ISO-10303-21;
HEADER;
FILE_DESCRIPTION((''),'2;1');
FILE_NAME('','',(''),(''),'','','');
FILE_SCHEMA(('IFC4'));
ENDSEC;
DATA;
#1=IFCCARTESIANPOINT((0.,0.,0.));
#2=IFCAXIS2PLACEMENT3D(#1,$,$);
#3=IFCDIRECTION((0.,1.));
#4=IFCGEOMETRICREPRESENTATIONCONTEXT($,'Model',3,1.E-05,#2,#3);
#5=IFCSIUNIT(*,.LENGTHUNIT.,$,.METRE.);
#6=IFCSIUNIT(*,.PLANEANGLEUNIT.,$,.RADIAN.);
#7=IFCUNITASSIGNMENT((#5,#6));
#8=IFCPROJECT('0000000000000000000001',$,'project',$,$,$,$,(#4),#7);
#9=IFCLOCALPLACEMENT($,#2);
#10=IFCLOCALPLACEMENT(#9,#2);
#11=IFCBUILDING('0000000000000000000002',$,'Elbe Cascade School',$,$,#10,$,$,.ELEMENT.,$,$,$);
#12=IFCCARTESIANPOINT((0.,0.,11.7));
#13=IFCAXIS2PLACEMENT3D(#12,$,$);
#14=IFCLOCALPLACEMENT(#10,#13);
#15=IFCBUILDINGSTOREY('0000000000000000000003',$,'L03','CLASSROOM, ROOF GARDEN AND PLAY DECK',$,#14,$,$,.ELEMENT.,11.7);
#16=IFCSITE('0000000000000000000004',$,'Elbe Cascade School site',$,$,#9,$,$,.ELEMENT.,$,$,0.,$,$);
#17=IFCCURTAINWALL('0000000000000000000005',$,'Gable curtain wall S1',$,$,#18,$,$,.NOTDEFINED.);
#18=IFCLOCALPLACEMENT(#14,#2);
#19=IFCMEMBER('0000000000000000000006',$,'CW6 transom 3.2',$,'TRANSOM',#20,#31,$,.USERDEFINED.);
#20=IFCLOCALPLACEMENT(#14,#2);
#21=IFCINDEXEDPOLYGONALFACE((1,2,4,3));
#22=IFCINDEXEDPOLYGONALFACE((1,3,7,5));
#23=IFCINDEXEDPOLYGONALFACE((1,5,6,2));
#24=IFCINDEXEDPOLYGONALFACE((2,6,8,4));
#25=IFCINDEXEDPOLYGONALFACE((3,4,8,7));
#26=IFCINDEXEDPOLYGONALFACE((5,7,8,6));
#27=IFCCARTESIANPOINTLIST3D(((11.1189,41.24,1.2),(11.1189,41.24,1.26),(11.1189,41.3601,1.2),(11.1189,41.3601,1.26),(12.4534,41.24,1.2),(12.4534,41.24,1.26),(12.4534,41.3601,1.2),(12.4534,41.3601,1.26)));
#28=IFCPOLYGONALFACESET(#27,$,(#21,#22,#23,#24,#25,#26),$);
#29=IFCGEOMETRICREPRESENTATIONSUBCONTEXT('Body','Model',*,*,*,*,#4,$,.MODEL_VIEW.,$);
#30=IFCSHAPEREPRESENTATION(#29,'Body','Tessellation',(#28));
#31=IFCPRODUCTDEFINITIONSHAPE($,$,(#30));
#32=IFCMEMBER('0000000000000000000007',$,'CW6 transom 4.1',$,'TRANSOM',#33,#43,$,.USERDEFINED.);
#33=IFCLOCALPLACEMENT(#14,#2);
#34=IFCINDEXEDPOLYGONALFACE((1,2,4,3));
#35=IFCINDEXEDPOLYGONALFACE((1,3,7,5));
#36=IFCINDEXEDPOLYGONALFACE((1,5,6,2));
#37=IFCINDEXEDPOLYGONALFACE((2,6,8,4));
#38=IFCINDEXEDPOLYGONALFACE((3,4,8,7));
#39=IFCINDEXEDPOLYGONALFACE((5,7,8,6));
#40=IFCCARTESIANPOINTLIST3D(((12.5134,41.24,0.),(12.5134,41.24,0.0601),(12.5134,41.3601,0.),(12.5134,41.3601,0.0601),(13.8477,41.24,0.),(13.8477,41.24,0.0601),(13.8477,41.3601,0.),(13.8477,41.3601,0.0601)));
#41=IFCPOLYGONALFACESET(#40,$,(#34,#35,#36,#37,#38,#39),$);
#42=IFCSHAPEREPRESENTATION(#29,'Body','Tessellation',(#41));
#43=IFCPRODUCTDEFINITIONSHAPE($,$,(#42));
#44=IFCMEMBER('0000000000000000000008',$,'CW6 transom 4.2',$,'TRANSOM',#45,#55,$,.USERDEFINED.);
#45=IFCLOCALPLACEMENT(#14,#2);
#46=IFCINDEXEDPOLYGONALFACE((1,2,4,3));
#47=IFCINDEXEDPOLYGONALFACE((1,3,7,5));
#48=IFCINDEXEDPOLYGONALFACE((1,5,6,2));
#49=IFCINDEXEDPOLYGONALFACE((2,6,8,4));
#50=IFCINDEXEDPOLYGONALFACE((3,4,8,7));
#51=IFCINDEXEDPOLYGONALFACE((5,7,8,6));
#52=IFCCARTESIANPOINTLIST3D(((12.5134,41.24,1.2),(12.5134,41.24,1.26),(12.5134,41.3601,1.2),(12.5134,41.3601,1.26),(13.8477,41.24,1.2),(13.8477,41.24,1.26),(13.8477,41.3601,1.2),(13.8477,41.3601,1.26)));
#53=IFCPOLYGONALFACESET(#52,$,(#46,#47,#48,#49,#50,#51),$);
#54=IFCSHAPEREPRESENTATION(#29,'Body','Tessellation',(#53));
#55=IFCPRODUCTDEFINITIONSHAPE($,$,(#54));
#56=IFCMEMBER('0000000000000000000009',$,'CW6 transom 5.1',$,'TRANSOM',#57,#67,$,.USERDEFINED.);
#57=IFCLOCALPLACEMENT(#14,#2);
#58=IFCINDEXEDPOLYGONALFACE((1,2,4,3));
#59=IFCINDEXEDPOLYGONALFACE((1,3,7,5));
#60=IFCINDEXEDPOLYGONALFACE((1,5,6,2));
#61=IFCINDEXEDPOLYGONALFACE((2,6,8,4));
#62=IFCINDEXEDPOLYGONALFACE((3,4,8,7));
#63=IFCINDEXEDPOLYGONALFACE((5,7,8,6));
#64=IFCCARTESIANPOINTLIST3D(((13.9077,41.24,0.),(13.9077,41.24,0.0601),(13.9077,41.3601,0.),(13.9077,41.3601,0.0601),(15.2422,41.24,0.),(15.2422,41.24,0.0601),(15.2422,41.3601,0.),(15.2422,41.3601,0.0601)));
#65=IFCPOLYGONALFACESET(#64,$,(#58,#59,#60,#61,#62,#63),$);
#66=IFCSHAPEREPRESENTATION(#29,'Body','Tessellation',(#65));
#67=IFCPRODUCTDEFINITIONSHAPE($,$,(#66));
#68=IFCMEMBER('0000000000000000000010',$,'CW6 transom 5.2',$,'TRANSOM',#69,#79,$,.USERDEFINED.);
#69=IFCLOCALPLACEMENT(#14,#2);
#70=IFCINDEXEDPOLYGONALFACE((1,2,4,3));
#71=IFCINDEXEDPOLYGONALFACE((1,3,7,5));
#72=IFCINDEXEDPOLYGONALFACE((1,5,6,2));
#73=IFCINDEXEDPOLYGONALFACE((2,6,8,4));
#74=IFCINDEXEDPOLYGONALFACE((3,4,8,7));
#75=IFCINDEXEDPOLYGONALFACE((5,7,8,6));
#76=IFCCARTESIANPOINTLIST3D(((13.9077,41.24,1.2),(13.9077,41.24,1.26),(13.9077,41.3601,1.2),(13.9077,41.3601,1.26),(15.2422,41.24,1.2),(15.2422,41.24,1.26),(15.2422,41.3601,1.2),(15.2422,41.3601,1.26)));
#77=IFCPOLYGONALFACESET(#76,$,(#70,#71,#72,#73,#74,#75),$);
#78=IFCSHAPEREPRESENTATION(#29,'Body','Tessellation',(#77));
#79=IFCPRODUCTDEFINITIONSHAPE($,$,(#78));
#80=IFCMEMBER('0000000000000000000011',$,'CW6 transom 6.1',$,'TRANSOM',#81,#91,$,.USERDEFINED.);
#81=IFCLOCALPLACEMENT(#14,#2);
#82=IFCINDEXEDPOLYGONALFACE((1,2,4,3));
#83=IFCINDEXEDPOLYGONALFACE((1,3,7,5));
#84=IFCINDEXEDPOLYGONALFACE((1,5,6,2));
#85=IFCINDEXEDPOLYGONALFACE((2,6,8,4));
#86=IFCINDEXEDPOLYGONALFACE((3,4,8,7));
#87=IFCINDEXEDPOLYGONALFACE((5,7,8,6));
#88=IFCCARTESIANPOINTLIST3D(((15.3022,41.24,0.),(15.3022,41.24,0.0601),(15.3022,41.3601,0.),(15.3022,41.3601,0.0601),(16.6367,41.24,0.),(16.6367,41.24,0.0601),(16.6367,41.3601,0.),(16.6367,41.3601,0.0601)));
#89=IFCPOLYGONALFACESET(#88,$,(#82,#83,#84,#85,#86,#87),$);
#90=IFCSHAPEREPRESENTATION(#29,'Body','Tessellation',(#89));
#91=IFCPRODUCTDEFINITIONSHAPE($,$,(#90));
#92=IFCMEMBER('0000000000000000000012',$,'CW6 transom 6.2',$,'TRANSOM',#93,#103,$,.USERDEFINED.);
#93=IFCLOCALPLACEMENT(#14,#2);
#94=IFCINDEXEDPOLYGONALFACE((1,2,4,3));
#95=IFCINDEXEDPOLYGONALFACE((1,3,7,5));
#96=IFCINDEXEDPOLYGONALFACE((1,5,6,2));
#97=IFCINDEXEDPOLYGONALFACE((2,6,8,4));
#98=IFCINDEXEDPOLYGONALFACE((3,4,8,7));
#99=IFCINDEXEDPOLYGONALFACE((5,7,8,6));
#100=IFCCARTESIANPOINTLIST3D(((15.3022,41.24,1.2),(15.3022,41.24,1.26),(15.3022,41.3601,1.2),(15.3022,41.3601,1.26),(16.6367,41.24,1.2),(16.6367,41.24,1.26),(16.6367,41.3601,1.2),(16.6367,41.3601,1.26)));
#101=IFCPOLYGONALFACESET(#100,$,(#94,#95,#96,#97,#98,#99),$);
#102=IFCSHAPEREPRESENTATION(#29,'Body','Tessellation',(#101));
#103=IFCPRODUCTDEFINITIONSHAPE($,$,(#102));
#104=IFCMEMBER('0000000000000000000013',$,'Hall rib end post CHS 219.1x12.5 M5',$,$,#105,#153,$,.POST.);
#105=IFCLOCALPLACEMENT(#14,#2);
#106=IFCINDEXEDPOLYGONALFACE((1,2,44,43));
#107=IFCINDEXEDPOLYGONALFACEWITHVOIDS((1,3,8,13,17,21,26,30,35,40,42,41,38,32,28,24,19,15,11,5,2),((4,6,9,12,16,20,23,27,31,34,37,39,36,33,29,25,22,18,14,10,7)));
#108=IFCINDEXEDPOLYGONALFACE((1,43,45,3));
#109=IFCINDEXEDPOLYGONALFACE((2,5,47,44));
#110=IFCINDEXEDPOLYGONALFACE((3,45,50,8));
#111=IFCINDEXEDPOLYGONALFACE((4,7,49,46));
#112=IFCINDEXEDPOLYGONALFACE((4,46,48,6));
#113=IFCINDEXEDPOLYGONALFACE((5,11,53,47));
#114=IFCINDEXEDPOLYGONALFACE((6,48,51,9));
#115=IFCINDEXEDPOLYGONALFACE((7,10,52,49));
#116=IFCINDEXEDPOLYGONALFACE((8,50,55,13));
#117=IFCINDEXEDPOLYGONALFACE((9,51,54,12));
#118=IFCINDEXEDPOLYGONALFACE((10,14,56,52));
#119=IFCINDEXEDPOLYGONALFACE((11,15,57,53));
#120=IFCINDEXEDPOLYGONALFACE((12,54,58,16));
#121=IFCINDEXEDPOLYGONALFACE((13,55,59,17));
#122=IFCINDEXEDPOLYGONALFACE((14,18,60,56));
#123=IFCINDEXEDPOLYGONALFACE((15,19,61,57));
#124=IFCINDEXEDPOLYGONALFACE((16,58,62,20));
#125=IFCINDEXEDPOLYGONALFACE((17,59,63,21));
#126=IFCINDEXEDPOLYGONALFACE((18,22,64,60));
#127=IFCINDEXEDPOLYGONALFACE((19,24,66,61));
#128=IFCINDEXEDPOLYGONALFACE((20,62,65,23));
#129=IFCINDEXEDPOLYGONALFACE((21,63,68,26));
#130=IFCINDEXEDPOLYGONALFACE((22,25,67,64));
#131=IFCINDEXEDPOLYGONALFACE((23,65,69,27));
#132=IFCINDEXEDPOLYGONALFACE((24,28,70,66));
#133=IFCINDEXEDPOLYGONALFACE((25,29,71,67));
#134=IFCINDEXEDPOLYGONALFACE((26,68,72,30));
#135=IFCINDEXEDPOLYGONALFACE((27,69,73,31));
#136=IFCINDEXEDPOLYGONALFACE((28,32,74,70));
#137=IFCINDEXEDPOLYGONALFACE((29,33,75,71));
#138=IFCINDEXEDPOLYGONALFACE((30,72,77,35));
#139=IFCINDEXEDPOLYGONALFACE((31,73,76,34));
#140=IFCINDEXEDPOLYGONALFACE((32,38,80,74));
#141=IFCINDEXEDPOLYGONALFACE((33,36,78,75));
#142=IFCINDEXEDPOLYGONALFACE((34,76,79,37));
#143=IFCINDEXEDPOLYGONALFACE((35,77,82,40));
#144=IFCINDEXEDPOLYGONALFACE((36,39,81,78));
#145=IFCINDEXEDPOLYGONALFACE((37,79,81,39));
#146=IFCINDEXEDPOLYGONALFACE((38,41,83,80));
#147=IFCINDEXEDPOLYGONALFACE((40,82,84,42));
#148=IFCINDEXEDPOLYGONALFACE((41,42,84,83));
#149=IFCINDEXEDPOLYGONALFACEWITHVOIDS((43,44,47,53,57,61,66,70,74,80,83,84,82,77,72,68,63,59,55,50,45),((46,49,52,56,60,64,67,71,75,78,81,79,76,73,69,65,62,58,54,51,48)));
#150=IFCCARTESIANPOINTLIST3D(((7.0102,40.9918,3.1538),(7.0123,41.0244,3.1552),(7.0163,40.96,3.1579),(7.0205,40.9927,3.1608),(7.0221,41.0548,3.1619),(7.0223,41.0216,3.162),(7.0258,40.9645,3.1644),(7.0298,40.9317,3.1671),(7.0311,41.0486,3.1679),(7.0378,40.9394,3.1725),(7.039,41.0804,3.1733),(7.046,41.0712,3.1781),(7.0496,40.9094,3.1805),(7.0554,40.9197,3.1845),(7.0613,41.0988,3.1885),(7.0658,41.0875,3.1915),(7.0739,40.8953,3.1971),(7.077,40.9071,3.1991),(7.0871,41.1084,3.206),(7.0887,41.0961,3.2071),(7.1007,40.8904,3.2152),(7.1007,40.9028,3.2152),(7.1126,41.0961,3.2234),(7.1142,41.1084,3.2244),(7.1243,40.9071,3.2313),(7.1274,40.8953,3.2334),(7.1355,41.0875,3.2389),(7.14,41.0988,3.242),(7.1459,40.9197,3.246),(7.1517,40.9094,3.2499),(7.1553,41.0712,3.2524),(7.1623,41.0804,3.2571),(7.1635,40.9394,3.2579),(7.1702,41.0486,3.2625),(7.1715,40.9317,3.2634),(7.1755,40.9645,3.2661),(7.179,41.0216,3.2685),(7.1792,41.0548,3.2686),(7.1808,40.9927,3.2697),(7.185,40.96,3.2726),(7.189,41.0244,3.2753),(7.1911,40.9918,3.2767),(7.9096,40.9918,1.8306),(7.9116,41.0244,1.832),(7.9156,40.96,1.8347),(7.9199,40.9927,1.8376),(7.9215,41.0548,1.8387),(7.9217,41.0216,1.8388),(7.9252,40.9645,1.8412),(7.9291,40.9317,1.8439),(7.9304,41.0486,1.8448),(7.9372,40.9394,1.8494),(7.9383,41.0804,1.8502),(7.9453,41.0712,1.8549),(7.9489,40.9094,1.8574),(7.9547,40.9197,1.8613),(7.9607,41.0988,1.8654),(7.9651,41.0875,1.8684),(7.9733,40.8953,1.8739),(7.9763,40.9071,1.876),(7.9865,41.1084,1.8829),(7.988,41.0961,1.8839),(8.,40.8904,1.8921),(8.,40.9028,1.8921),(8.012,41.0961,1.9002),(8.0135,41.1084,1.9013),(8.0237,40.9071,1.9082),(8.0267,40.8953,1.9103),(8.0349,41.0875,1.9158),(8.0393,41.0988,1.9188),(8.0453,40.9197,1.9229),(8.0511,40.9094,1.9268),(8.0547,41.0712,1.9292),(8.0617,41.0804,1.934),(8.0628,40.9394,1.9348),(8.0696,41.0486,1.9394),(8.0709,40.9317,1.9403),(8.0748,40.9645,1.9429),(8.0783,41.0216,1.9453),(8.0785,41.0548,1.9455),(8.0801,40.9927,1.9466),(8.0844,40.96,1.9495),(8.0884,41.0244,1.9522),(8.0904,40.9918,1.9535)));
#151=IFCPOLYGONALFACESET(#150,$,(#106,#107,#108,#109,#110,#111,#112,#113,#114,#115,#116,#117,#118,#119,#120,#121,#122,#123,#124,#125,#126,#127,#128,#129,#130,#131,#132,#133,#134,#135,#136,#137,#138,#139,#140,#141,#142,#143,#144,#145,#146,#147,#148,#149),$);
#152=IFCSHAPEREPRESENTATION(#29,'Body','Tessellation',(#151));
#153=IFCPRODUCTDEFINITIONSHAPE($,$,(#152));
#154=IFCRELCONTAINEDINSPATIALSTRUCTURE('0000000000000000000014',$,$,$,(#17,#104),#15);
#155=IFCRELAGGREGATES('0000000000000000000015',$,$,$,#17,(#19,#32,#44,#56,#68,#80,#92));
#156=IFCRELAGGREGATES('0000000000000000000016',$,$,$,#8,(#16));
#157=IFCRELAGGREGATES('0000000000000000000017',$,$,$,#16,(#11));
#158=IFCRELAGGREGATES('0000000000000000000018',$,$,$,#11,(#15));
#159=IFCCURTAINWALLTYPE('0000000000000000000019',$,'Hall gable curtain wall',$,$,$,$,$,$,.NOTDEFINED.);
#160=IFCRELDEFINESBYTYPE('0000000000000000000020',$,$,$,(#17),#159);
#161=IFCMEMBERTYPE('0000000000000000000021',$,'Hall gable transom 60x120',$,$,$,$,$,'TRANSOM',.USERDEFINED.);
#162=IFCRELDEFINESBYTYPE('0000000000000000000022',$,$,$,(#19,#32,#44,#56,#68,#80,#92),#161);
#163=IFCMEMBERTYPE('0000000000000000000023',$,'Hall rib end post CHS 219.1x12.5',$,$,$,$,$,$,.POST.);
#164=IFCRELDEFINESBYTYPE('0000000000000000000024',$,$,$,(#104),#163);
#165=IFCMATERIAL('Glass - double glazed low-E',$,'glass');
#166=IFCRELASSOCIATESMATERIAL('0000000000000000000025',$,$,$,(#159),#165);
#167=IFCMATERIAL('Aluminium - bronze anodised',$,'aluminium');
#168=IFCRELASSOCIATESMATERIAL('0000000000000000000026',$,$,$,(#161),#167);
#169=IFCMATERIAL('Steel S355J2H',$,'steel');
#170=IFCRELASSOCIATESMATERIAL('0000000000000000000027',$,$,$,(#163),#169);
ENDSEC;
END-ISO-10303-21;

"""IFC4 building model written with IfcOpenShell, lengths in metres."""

from ifc_helpers import new_model, si_unit, direction, frame, origin, origin_2d, place, context, subcontext, project, spatial, rectangle, hollow_circle, extrude, material, material_profile, profile_set, type_object, element, aggregate, save


model = new_model("IFC4")

# Units and contexts
model_context = context("Model", 3, precision=1e-05, world=origin(), true_north=direction((0.0, 1.0)))
body_context = subcontext(model_context, "Body", "Model", "MODEL_VIEW")
ifc_project = project(units=[si_unit("LENGTHUNIT", "METRE"), si_unit("PLANEANGLEUNIT", "RADIAN")], contexts=[model_context])

# Site, building, storey
site_placement = place(None, origin())
site = spatial("IfcSite", under=ifc_project, at=site_placement, Name="Elbe Cascade School site", CompositionType="ELEMENT", RefElevation=0.0)
building_placement = place(site_placement, origin())
building = spatial("IfcBuilding", under=site, at=building_placement, Name="Elbe Cascade School", CompositionType="ELEMENT")
storey_placement = place(building_placement, frame((0.0, 0.0, 11.7)))
storey = spatial("IfcBuildingStorey", under=building, at=storey_placement, Name="L03", Description="CLASSROOM, ROOF GARDEN AND PLAY DECK", CompositionType="ELEMENT", Elevation=11.7)

# Curtain wall, members
ifc_material_1 = material(Name="Glass - double glazed low-E", Category="glass")
curtain_wall_type = type_object("IfcCurtainWallType", Name="Hall gable curtain wall", PredefinedType="NOTDEFINED", material=ifc_material_1)
curtain_wall_placement = place(storey_placement, origin())
curtain_wall = element("IfcCurtainWall", 1, at=curtain_wall_placement, inside=storey, type_object=curtain_wall_type, Name="Gable curtain wall S1", PredefinedType="NOTDEFINED")
ifc_material_2 = material(Name="Aluminium - bronze anodised", Category="aluminium")
ifc_material_profile_1 = material_profile(ifc_material_2, rectangle(XDim=0.1201, YDim=0.0601, at=origin_2d()), Name="Alu 60x120")
ifc_profile_set_1 = profile_set([ifc_material_profile_1], Name="Aluminium - bronze anodised")
member_type_1 = type_object("IfcMemberType", Name="Hall gable transom 60x120", ElementType="TRANSOM", PredefinedType="USERDEFINED", material=ifc_profile_set_1)
member_1_placement = place(storey_placement, frame((11.1189, 41.3, 1.23), z_axis=(1.0, 0.0, 0.0), x_axis=(0.0, 1.0, 0.0)))
member_1 = element("IfcMember", 2, at=member_1_placement, type_object=member_type_1, Name="CW6 transom 3.2", ObjectType="TRANSOM", PredefinedType="USERDEFINED", context=body_context, shape_type="SweptSolid", body=[
    extrude(rectangle(XDim=0.1201, YDim=0.0601, at=origin_2d()), origin(), (0.0, 0.0, 1.0), 1.3345),
])
member_2_placement = place(storey_placement, frame((12.5134, 41.3, 0.03), z_axis=(1.0, 0.0, 0.0), x_axis=(0.0, 1.0, 0.0)))
member_2 = element("IfcMember", 3, at=member_2_placement, type_object=member_type_1, Name="CW6 transom 4.1", ObjectType="TRANSOM", PredefinedType="USERDEFINED", context=body_context, shape_type="SweptSolid", body=[
    extrude(rectangle(XDim=0.1201, YDim=0.0601, at=origin_2d()), origin(), (0.0, 0.0, 1.0), 1.3342),
])
member_3_placement = place(storey_placement, frame((12.5134, 41.3, 1.23), z_axis=(1.0, 0.0, 0.0), x_axis=(0.0, 1.0, 0.0)))
member_3 = element("IfcMember", 4, at=member_3_placement, type_object=member_type_1, Name="CW6 transom 4.2", ObjectType="TRANSOM", PredefinedType="USERDEFINED", context=body_context, shape_type="SweptSolid", body=[
    extrude(rectangle(XDim=0.1201, YDim=0.0601, at=origin_2d()), origin(), (0.0, 0.0, 1.0), 1.3342),
])
member_4_placement = place(storey_placement, frame((13.9077, 41.3, 0.03), z_axis=(1.0, 0.0, 0.0), x_axis=(0.0, 1.0, 0.0)))
member_4 = element("IfcMember", 5, at=member_4_placement, type_object=member_type_1, Name="CW6 transom 5.1", ObjectType="TRANSOM", PredefinedType="USERDEFINED", context=body_context, shape_type="SweptSolid", body=[
    extrude(rectangle(XDim=0.1201, YDim=0.0601, at=origin_2d()), origin(), (0.0, 0.0, 1.0), 1.3345),
])
member_5_placement = place(storey_placement, frame((13.9077, 41.3, 1.23), z_axis=(1.0, 0.0, 0.0), x_axis=(0.0, 1.0, 0.0)))
member_5 = element("IfcMember", 6, at=member_5_placement, type_object=member_type_1, Name="CW6 transom 5.2", ObjectType="TRANSOM", PredefinedType="USERDEFINED", context=body_context, shape_type="SweptSolid", body=[
    extrude(rectangle(XDim=0.1201, YDim=0.0601, at=origin_2d()), origin(), (0.0, 0.0, 1.0), 1.3345),
])
member_6_placement = place(storey_placement, frame((15.3022, 41.3, 0.03), z_axis=(1.0, 0.0, 0.0), x_axis=(0.0, 1.0, 0.0)))
member_6 = element("IfcMember", 7, at=member_6_placement, type_object=member_type_1, Name="CW6 transom 6.1", ObjectType="TRANSOM", PredefinedType="USERDEFINED", context=body_context, shape_type="SweptSolid", body=[
    extrude(rectangle(XDim=0.1201, YDim=0.0601, at=origin_2d()), origin(), (0.0, 0.0, 1.0), 1.3345),
])
member_7_placement = place(storey_placement, frame((15.3022, 41.3, 1.23), z_axis=(1.0, 0.0, 0.0), x_axis=(0.0, 1.0, 0.0)))
member_7 = element("IfcMember", 8, at=member_7_placement, type_object=member_type_1, Name="CW6 transom 6.2", ObjectType="TRANSOM", PredefinedType="USERDEFINED", context=body_context, shape_type="SweptSolid", body=[
    extrude(rectangle(XDim=0.1201, YDim=0.0601, at=origin_2d()), origin(), (0.0, 0.0, 1.0), 1.3345),
])

# Member
ifc_material_3 = material(Name="Steel S355J2H", Category="steel")
ifc_material_profile_2 = material_profile(ifc_material_3, hollow_circle(Radius=0.1096, WallThickness=0.0125, at=origin_2d()), Name="CHS 219.1x12.5")
ifc_profile_set_2 = profile_set([ifc_material_profile_2], Name="Steel S355J2H")
member_type_2 = type_object("IfcMemberType", Name="Hall rib end post CHS 219.1x12.5", PredefinedType="POST", material=ifc_profile_set_2)
member_8_placement = place(storey_placement, frame((8.0, 41.0, 1.8921), z_axis=(-0.562143, 0.0, 0.82704), x_axis=(0.0, -1.0, 0.0)))
element("IfcMember", 9, at=member_8_placement, inside=storey, type_object=member_type_2, Name="Hall rib end post CHS 219.1x12.5 M5", PredefinedType="POST", context=body_context, shape_type="SweptSolid", body=[
    extrude(hollow_circle(Radius=0.1096, WallThickness=0.0125, at=origin_2d()), origin(), (0.0, 0.0, 1.0), 1.5999),
])

aggregate(curtain_wall, [member_1, member_2, member_3, member_4, member_5, member_6, member_7])

save(model, "model.ifc")
